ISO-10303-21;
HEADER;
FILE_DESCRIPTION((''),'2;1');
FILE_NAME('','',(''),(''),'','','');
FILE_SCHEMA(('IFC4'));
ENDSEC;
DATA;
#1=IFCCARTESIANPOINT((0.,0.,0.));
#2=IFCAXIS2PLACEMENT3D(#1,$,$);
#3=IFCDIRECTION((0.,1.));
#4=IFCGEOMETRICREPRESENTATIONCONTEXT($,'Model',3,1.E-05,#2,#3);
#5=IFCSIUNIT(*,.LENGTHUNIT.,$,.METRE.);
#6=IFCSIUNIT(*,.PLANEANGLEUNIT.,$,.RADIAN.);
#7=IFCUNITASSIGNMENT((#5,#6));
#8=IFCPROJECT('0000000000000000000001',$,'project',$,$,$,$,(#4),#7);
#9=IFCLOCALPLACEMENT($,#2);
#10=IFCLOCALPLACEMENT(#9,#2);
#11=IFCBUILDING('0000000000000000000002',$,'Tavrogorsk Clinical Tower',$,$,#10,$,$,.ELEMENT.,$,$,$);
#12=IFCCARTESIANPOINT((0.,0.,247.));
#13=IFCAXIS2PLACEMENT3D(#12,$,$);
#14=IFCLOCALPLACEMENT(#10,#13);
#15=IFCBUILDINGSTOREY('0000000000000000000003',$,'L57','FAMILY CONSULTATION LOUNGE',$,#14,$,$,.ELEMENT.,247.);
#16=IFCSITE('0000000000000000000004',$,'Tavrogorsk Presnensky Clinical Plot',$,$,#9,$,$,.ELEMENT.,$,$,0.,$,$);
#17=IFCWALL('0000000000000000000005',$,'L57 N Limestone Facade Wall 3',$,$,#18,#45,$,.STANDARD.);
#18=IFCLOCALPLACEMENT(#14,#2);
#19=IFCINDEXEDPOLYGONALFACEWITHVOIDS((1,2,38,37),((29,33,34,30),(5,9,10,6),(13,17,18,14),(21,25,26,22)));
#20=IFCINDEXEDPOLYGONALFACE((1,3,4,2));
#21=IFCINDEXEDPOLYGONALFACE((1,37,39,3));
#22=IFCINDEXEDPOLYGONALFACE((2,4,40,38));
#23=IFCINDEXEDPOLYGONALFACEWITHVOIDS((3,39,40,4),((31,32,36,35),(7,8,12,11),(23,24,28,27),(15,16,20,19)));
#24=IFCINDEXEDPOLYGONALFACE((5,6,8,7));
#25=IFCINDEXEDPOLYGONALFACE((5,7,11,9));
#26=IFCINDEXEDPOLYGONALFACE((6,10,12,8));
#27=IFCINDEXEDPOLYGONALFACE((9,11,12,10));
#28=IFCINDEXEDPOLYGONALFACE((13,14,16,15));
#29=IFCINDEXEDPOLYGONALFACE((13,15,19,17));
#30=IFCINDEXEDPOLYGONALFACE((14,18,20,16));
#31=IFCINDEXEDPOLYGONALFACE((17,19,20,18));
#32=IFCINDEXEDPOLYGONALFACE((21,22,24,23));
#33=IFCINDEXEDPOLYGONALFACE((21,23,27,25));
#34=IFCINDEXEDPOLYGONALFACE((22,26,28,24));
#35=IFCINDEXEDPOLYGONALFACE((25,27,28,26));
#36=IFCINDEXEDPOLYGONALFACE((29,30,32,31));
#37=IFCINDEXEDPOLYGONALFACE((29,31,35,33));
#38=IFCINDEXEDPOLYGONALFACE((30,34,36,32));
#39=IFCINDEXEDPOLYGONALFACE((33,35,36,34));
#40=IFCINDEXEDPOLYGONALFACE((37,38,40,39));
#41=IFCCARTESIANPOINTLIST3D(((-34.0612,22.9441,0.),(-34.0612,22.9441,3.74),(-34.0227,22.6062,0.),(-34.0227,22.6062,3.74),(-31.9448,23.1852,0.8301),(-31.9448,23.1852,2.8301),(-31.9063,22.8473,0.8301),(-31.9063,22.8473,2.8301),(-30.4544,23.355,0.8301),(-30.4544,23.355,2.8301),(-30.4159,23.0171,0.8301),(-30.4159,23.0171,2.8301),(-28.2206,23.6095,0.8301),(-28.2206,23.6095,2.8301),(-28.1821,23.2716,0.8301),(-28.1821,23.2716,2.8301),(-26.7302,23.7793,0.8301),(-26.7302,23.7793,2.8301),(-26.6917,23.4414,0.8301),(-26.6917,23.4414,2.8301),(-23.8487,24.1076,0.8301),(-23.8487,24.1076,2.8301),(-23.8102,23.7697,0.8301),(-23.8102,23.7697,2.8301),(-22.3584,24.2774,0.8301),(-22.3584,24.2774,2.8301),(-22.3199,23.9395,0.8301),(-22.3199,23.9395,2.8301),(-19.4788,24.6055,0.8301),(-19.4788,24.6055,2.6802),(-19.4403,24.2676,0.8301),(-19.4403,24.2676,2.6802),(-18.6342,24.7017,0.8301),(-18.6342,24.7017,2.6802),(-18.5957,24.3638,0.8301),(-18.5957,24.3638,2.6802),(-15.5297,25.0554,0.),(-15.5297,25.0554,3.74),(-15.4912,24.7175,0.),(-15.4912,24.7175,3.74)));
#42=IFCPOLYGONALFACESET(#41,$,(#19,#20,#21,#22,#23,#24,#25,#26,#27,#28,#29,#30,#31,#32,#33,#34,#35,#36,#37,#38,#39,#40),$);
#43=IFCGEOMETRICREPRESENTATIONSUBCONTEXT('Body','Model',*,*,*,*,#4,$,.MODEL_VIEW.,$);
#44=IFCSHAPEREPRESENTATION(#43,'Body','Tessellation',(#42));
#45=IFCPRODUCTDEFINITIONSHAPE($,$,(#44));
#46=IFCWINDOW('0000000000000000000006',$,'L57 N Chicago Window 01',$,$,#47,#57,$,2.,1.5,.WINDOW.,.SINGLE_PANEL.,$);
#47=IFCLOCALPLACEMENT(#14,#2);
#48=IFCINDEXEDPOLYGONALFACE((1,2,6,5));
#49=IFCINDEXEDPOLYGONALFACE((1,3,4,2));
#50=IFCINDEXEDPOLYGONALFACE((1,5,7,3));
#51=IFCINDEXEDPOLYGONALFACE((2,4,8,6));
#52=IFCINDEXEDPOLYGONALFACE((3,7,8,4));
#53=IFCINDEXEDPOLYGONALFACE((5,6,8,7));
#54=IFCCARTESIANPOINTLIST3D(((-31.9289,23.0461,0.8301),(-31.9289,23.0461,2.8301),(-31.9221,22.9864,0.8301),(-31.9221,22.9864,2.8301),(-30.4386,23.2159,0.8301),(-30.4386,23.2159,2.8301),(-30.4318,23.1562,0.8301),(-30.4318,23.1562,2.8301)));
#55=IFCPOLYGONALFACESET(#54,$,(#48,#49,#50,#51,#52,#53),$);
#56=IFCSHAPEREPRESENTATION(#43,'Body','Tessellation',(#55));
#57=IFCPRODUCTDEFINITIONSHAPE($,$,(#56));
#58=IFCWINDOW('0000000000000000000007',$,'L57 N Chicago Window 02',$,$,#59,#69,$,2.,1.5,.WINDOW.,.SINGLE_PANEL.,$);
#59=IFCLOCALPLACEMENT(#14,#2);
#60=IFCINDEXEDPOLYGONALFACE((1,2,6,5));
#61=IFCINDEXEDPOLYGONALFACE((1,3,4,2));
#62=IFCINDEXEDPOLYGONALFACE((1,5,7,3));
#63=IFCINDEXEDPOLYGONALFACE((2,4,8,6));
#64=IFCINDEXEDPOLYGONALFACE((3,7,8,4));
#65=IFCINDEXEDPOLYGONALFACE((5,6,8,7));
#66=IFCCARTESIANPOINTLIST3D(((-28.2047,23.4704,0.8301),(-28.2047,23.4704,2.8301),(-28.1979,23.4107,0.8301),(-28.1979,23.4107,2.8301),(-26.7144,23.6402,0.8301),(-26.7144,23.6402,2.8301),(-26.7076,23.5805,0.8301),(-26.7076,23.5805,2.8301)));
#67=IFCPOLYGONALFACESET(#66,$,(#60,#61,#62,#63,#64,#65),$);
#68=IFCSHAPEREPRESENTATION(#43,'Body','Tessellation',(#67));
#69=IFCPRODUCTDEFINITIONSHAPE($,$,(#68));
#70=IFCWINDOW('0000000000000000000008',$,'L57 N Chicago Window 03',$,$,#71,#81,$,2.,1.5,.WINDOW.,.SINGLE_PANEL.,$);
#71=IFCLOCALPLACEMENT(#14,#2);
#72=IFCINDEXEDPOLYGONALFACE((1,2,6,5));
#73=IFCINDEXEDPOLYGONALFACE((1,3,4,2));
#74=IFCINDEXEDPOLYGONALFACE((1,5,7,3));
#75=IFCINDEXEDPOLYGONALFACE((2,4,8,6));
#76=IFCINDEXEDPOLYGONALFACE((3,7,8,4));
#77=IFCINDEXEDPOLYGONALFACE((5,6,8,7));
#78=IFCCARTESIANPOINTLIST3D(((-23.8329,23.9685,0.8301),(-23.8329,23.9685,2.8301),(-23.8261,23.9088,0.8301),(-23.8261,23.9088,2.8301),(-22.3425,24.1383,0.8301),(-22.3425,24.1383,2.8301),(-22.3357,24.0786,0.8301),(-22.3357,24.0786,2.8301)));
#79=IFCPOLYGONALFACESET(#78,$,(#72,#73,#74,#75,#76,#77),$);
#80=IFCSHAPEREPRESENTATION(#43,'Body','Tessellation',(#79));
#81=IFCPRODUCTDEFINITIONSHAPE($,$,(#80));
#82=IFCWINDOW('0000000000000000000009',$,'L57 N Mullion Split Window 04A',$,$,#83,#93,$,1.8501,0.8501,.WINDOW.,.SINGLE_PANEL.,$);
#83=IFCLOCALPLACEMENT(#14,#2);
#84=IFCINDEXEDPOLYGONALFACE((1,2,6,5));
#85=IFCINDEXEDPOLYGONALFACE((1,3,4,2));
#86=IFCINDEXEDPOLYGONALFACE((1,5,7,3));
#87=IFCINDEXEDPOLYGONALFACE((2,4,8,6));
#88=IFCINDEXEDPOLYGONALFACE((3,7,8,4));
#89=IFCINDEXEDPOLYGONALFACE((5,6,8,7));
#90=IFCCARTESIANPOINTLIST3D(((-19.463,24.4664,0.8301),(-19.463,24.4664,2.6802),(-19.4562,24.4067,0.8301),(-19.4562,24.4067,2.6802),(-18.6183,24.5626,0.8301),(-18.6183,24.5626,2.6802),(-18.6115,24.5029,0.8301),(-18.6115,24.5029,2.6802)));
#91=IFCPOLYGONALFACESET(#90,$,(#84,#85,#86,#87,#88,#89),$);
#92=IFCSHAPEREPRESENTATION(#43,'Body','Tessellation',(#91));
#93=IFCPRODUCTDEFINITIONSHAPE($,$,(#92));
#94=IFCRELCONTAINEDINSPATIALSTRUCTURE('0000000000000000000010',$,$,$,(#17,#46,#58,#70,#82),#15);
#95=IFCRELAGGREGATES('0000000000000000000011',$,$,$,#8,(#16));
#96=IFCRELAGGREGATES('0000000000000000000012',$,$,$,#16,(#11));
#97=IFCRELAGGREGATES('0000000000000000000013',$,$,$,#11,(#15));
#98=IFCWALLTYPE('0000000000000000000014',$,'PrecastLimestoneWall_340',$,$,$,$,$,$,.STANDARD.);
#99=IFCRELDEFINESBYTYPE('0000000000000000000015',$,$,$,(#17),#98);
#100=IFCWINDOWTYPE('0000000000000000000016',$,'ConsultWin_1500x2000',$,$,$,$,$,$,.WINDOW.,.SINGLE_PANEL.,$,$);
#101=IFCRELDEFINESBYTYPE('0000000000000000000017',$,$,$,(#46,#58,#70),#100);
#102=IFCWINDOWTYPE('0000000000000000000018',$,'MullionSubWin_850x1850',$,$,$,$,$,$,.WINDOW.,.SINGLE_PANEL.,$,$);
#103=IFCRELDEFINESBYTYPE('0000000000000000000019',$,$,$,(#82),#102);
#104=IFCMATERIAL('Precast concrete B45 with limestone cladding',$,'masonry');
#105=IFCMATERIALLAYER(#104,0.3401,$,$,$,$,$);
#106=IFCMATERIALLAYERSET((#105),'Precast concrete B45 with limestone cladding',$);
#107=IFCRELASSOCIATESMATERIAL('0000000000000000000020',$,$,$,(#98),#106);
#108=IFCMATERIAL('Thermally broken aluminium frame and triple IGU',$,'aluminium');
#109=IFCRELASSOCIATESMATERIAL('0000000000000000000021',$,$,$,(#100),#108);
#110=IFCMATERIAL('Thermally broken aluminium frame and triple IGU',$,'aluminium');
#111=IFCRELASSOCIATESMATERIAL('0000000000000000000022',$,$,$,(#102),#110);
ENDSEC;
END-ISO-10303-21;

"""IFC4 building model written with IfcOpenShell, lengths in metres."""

from ifc_helpers import new_model, si_unit, direction, frame, frame_2d, origin, place, context, subcontext, project, spatial, rectangle, extrude, material, layer, layer_set, type_object, element, fill, save


model = new_model("IFC4")

# Units and contexts
model_context = context("Model", 3, precision=1e-05, world=origin(), true_north=direction((0.0, 1.0)))
body_context = subcontext(model_context, "Body", "Model", "MODEL_VIEW")
ifc_project = project(units=[si_unit("LENGTHUNIT", "METRE"), si_unit("PLANEANGLEUNIT", "RADIAN")], contexts=[model_context])

# Site, building, storey
site_placement = place(None, origin())
site = spatial("IfcSite", under=ifc_project, at=site_placement, Name="Tavrogorsk Presnensky Clinical Plot", CompositionType="ELEMENT", RefElevation=0.0)
building_placement = place(site_placement, origin())
building = spatial("IfcBuilding", under=site, at=building_placement, Name="Tavrogorsk Clinical Tower", CompositionType="ELEMENT")
storey_placement = place(building_placement, frame((0.0, 0.0, 247.0)))
storey = spatial("IfcBuildingStorey", under=building, at=storey_placement, Name="L57", Description="FAMILY CONSULTATION LOUNGE", CompositionType="ELEMENT", Elevation=247.0)

# Wall, openings, windows
ifc_material_1 = material(Name="Precast concrete B45 with limestone cladding", Category="masonry")
ifc_layer_1 = layer(ifc_material_1, 0.3401)
ifc_layer_set_1 = layer_set([ifc_layer_1], Name="Precast concrete B45 with limestone cladding")
wall_type_1 = type_object("IfcWallType", Name="PrecastLimestoneWall_340", PredefinedType="STANDARD", material=ifc_layer_set_1)
wall_1_placement = place(storey_placement, frame((-15.5105, 24.8865, 0.0), z_axis=(0.0, 0.0, 1.0), x_axis=(-0.993572, -0.1132, 0.0)))
wall_1 = element("IfcWall", 1, at=wall_1_placement, inside=storey, type_object=wall_type_1, Name="L57 N Limestone Facade Wall 3", PredefinedType="STANDARD", context=body_context, shape_type="SweptSolid", body=[
    extrude(rectangle(XDim=18.6514, YDim=0.3401, at=frame_2d((9.3257, 0.0))), origin(), (0.0, 0.0, 1.0), 3.74),
])
opening_1_placement = place(wall_1_placement, frame((15.0212, 0.0, 0.8301)))
opening_1 = element("IfcOpeningElement", 2, at=opening_1_placement, cuts=wall_1, PredefinedType="OPENING", context=body_context, shape_type="SweptSolid", body=[
    extrude(rectangle(XDim=1.5, YDim=2.0, at=frame_2d((0.75, 1.0))), frame((0.0, 0.1799, 0.0), z_axis=(0.0, -1.0, 0.0), x_axis=(1.0, 0.0, 0.0)), (0.0, 0.0, 1.0), 0.3601),
])
opening_2_placement = place(wall_1_placement, frame((11.2729, 0.0, 0.8301)))
opening_2 = element("IfcOpeningElement", 3, at=opening_2_placement, cuts=wall_1, PredefinedType="OPENING", context=body_context, shape_type="SweptSolid", body=[
    extrude(rectangle(XDim=1.5, YDim=2.0, at=frame_2d((0.75, 1.0))), frame((0.0, 0.1799, 0.0), z_axis=(0.0, -1.0, 0.0), x_axis=(1.0, 0.0, 0.0)), (0.0, 0.0, 1.0), 0.3601),
])
opening_3_placement = place(wall_1_placement, frame((6.8728, 0.0, 0.8301)))
opening_3 = element("IfcOpeningElement", 4, at=opening_3_placement, cuts=wall_1, PredefinedType="OPENING", context=body_context, shape_type="SweptSolid", body=[
    extrude(rectangle(XDim=1.5, YDim=2.0, at=frame_2d((0.75, 1.0))), frame((0.0, 0.1799, 0.0), z_axis=(0.0, -1.0, 0.0), x_axis=(1.0, 0.0, 0.0)), (0.0, 0.0, 1.0), 0.3601),
])
opening_4_placement = place(wall_1_placement, frame((3.1245, 0.0, 0.8301)))
opening_4 = element("IfcOpeningElement", 5, at=opening_4_placement, cuts=wall_1, PredefinedType="OPENING", context=body_context, shape_type="SweptSolid", body=[
    extrude(rectangle(XDim=0.8501, YDim=1.8501, at=frame_2d((0.425, 0.925))), frame((0.0, 0.1799, 0.0), z_axis=(0.0, -1.0, 0.0), x_axis=(1.0, 0.0, 0.0)), (0.0, 0.0, 1.0), 0.3601),
])
ifc_material_2 = material(Name="Thermally broken aluminium frame and triple IGU", Category="aluminium")
window_type_1 = type_object("IfcWindowType", Name="ConsultWin_1500x2000", PartitioningType="SINGLE_PANEL", PredefinedType="WINDOW", material=ifc_material_2)
window_1_placement = place(opening_1_placement, origin())
window_1 = element("IfcWindow", 6, at=window_1_placement, inside=storey, type_object=window_type_1, Name="L57 N Chicago Window 01", OverallHeight=2.0, OverallWidth=1.5, PartitioningType="SINGLE_PANEL", PredefinedType="WINDOW", context=body_context, shape_type="SweptSolid", body=[
    extrude(rectangle(XDim=1.5, YDim=2.0, at=frame_2d((0.75, 1.0))), frame((0.0, 0.03, 0.0), z_axis=(0.0, -1.0, 0.0), x_axis=(1.0, 0.0, 0.0)), (0.0, 0.0, 1.0), 0.0601),
])
fill(opening_1, window_1)
window_2_placement = place(opening_2_placement, origin())
window_2 = element("IfcWindow", 7, at=window_2_placement, inside=storey, type_object=window_type_1, Name="L57 N Chicago Window 02", OverallHeight=2.0, OverallWidth=1.5, PartitioningType="SINGLE_PANEL", PredefinedType="WINDOW", context=body_context, shape_type="SweptSolid", body=[
    extrude(rectangle(XDim=1.5, YDim=2.0, at=frame_2d((0.75, 1.0))), frame((0.0, 0.03, 0.0), z_axis=(0.0, -1.0, 0.0), x_axis=(1.0, 0.0, 0.0)), (0.0, 0.0, 1.0), 0.0601),
])
fill(opening_2, window_2)
window_3_placement = place(opening_3_placement, origin())
window_3 = element("IfcWindow", 8, at=window_3_placement, inside=storey, type_object=window_type_1, Name="L57 N Chicago Window 03", OverallHeight=2.0, OverallWidth=1.5, PartitioningType="SINGLE_PANEL", PredefinedType="WINDOW", context=body_context, shape_type="SweptSolid", body=[
    extrude(rectangle(XDim=1.5, YDim=2.0, at=frame_2d((0.75, 1.0))), frame((0.0, 0.03, 0.0), z_axis=(0.0, -1.0, 0.0), x_axis=(1.0, 0.0, 0.0)), (0.0, 0.0, 1.0), 0.0601),
])
fill(opening_3, window_3)
ifc_material_3 = material(Name="Thermally broken aluminium frame and triple IGU", Category="aluminium")
window_type_2 = type_object("IfcWindowType", Name="MullionSubWin_850x1850", PartitioningType="SINGLE_PANEL", PredefinedType="WINDOW", material=ifc_material_3)
window_4_placement = place(opening_4_placement, origin())
window_4 = element("IfcWindow", 9, at=window_4_placement, inside=storey, type_object=window_type_2, Name="L57 N Mullion Split Window 04A", OverallHeight=1.8501, OverallWidth=0.8501, PartitioningType="SINGLE_PANEL", PredefinedType="WINDOW", context=body_context, shape_type="SweptSolid", body=[
    extrude(rectangle(XDim=0.8501, YDim=1.8501, at=frame_2d((0.425, 0.925))), frame((0.0, 0.03, 0.0), z_axis=(0.0, -1.0, 0.0), x_axis=(1.0, 0.0, 0.0)), (0.0, 0.0, 1.0), 0.0601),
])
fill(opening_4, window_4)

save(model, "model.ifc")
